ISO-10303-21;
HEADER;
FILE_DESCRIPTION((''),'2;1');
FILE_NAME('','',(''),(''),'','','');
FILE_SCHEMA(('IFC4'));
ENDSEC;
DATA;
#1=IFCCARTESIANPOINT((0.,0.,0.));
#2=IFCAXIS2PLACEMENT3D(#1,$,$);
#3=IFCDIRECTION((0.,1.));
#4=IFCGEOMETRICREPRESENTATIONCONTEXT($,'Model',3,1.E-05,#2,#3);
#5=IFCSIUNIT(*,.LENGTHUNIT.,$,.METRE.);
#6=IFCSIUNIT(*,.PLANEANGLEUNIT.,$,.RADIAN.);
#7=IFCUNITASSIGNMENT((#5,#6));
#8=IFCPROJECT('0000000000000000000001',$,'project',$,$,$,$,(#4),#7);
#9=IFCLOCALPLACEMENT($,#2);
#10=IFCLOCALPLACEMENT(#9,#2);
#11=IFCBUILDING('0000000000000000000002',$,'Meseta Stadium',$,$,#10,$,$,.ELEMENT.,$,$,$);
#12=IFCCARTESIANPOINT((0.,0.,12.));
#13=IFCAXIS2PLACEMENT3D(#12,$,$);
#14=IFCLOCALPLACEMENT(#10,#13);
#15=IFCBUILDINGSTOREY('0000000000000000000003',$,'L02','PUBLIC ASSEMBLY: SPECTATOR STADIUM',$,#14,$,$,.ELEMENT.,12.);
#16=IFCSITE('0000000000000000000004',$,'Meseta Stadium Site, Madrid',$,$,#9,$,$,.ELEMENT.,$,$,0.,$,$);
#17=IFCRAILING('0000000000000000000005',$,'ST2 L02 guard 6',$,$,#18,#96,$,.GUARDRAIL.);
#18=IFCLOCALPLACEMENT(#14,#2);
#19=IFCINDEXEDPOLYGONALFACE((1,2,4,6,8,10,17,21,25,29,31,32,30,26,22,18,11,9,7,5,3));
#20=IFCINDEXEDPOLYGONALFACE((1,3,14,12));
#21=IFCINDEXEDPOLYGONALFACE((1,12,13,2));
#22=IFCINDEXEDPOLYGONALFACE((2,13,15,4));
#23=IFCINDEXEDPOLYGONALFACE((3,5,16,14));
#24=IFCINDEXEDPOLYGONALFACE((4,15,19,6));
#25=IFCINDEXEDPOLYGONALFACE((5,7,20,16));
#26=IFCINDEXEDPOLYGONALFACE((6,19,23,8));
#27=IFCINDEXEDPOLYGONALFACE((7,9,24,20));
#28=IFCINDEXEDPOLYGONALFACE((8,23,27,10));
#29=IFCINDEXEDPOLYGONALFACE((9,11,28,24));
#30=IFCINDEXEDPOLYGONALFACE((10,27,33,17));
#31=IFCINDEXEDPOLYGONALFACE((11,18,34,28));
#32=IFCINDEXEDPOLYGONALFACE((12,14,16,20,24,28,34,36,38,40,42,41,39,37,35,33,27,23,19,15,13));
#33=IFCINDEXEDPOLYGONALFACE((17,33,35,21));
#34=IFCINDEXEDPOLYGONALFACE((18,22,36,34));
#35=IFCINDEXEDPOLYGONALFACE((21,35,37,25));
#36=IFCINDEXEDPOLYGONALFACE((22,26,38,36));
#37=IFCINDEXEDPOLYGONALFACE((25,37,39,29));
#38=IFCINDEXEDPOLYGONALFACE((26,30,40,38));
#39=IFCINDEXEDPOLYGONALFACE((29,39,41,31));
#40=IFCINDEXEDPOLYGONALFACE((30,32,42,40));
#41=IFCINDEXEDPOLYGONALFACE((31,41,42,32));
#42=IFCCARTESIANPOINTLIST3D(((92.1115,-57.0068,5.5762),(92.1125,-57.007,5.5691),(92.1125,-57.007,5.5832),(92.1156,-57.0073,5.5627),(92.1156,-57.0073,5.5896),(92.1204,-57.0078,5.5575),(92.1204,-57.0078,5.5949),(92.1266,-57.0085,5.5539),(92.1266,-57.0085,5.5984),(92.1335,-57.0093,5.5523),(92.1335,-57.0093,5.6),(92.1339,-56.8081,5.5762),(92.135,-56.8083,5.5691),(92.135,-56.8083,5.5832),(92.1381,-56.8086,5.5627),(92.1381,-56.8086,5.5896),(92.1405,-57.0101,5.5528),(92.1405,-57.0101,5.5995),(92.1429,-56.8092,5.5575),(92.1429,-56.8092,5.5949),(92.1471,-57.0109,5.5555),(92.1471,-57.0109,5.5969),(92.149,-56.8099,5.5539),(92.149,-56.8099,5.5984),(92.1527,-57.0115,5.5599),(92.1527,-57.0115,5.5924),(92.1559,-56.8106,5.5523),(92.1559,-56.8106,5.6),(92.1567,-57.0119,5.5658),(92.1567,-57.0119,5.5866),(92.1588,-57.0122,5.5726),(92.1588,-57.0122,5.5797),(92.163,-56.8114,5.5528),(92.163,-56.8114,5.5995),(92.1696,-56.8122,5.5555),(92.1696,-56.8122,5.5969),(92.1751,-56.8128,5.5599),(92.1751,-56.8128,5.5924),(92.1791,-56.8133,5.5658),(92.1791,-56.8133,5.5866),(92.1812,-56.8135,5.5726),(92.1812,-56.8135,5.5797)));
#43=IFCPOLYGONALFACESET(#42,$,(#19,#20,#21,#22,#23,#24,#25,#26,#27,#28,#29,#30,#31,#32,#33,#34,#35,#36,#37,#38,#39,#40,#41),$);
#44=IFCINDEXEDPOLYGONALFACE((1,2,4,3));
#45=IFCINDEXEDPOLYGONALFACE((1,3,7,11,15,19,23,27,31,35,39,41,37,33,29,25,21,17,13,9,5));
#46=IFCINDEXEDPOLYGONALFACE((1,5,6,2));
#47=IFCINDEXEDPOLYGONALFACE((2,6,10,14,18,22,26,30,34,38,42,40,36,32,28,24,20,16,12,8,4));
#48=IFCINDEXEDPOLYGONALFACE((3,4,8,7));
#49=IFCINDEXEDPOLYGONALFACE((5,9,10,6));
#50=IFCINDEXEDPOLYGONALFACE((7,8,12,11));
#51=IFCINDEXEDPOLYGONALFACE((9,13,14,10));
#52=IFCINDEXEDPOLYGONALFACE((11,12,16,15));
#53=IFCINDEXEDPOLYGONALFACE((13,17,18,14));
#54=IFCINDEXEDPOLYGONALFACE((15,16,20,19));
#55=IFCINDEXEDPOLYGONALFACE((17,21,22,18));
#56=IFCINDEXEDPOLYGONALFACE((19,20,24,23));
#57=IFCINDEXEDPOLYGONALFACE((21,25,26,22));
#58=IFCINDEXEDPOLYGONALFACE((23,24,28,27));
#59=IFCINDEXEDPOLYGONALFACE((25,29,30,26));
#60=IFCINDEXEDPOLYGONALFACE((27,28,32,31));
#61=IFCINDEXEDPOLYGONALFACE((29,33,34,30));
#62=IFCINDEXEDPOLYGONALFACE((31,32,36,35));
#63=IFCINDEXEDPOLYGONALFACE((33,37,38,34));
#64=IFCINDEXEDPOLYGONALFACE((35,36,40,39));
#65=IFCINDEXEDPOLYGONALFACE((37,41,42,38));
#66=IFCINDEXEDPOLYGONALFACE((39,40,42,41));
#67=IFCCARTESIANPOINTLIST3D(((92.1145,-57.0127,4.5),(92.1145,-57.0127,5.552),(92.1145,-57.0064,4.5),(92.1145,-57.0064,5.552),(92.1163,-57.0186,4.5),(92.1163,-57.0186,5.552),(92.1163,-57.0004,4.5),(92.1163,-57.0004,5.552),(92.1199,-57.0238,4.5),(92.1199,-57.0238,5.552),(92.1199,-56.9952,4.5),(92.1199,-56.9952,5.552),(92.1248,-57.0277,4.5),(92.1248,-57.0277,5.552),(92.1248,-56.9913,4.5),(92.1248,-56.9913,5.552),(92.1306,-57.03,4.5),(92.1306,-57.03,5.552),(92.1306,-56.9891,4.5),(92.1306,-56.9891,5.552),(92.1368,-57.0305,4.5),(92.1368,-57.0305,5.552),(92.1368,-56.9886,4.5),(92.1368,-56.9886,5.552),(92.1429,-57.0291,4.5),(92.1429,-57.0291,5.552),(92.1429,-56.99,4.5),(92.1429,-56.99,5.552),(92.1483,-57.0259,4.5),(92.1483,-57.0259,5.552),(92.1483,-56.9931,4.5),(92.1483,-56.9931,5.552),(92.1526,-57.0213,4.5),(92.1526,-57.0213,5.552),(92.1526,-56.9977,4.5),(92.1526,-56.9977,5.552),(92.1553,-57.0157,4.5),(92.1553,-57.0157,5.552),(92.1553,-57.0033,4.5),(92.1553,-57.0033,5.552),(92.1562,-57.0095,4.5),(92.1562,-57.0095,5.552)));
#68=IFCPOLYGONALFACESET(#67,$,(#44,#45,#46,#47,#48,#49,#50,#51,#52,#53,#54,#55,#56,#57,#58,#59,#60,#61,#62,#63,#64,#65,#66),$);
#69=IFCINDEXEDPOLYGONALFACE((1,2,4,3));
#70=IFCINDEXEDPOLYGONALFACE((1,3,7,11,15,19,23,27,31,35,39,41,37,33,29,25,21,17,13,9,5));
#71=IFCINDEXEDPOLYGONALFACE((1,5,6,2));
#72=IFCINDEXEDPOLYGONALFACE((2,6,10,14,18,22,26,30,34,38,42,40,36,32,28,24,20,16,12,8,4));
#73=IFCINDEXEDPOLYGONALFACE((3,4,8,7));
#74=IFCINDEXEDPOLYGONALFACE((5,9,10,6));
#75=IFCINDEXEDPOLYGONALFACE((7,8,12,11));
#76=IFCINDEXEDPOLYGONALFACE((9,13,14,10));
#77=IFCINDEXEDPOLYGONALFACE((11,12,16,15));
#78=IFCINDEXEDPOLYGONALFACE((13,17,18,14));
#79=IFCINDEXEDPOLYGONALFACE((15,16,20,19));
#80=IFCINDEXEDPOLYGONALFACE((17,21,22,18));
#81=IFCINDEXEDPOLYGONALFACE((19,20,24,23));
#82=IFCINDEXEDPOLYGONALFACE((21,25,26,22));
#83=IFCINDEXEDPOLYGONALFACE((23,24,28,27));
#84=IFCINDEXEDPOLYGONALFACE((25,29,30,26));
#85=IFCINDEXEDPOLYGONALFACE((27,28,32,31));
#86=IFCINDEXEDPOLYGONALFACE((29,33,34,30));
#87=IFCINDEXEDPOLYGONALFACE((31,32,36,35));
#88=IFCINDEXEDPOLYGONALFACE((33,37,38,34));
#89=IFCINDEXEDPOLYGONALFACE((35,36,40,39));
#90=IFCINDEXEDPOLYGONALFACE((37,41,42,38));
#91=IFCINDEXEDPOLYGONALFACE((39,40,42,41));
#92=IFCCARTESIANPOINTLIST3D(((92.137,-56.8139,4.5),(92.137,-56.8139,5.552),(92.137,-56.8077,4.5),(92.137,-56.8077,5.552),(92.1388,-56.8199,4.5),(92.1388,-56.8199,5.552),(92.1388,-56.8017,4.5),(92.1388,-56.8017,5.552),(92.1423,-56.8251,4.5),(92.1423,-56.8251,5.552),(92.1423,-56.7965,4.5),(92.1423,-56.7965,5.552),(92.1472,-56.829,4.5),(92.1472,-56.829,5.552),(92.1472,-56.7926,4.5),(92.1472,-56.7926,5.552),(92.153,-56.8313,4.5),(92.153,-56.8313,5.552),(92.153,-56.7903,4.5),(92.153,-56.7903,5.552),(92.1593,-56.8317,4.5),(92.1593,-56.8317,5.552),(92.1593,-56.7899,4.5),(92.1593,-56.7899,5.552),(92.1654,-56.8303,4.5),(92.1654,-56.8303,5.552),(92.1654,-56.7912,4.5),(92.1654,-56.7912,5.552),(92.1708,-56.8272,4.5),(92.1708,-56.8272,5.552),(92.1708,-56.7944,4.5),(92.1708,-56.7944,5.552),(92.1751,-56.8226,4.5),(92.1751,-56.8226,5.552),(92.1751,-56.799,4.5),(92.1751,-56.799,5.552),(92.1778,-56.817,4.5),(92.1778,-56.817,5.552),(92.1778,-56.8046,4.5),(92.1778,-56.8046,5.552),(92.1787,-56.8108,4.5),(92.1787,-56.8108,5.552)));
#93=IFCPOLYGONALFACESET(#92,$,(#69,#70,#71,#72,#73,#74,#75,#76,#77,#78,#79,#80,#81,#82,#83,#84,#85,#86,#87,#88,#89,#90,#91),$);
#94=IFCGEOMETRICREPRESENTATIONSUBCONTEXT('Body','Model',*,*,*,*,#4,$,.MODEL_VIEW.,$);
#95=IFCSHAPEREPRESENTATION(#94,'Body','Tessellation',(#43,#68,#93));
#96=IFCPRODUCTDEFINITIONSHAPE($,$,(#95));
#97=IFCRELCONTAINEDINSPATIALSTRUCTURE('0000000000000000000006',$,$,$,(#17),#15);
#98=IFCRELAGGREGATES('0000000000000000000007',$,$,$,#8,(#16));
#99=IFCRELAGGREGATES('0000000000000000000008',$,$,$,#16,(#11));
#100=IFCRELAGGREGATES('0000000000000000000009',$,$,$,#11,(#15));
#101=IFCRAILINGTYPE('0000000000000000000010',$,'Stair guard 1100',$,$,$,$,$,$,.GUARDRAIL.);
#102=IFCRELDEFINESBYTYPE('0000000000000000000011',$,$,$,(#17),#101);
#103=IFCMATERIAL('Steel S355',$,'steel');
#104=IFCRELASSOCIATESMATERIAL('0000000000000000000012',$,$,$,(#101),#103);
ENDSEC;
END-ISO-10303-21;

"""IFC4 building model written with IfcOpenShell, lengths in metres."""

from ifc_helpers import new_model, si_unit, direction, frame, origin, origin_2d, place, context, subcontext, project, spatial, circle, extrude, material, type_object, element, save


model = new_model("IFC4")

# Units and contexts
model_context = context("Model", 3, precision=1e-05, world=origin(), true_north=direction((0.0, 1.0)))
body_context = subcontext(model_context, "Body", "Model", "MODEL_VIEW")
ifc_project = project(units=[si_unit("LENGTHUNIT", "METRE"), si_unit("PLANEANGLEUNIT", "RADIAN")], contexts=[model_context])

# Site, building, storey
site_placement = place(None, origin())
site = spatial("IfcSite", under=ifc_project, at=site_placement, Name="Meseta Stadium Site, Madrid", CompositionType="ELEMENT", RefElevation=0.0)
building_placement = place(site_placement, origin())
building = spatial("IfcBuilding", under=site, at=building_placement, Name="Meseta Stadium", CompositionType="ELEMENT")
storey_placement = place(building_placement, frame((0.0, 0.0, 12.0)))
storey = spatial("IfcBuildingStorey", under=building, at=storey_placement, Name="L02", Description="PUBLIC ASSEMBLY: SPECTATOR STADIUM", CompositionType="ELEMENT", Elevation=12.0)

# Railing
ifc_material_1 = material(Name="Steel S355", Category="steel")
railing_type_1 = type_object("IfcRailingType", Name="Stair guard 1100", PredefinedType="GUARDRAIL", material=ifc_material_1)
railing_1_placement = place(storey_placement, frame((92.1353, -57.0095, 4.5)))
element("IfcRailing", 1, at=railing_1_placement, inside=storey, type_object=railing_type_1, Name="ST2 L02 guard 6", PredefinedType="GUARDRAIL", context=body_context, shape_type="SweptSolid", body=[
    extrude(circle(Radius=0.0239, at=origin_2d()), frame((0.0, 0.0, 1.0762), z_axis=(0.112307, 0.993674, 0.0), x_axis=(-0.993674, 0.112307, 0.0)), (0.0, 0.0, 1.0), 0.2),
    extrude(circle(Radius=0.021, at=origin_2d()), origin(), (0.0, 0.0, 1.0), 1.052),
    extrude(circle(Radius=0.021, at=origin_2d()), frame((0.0225, 0.1987, 0.0)), (0.0, 0.0, 1.0), 1.052),
])

save(model, "model.ifc")
